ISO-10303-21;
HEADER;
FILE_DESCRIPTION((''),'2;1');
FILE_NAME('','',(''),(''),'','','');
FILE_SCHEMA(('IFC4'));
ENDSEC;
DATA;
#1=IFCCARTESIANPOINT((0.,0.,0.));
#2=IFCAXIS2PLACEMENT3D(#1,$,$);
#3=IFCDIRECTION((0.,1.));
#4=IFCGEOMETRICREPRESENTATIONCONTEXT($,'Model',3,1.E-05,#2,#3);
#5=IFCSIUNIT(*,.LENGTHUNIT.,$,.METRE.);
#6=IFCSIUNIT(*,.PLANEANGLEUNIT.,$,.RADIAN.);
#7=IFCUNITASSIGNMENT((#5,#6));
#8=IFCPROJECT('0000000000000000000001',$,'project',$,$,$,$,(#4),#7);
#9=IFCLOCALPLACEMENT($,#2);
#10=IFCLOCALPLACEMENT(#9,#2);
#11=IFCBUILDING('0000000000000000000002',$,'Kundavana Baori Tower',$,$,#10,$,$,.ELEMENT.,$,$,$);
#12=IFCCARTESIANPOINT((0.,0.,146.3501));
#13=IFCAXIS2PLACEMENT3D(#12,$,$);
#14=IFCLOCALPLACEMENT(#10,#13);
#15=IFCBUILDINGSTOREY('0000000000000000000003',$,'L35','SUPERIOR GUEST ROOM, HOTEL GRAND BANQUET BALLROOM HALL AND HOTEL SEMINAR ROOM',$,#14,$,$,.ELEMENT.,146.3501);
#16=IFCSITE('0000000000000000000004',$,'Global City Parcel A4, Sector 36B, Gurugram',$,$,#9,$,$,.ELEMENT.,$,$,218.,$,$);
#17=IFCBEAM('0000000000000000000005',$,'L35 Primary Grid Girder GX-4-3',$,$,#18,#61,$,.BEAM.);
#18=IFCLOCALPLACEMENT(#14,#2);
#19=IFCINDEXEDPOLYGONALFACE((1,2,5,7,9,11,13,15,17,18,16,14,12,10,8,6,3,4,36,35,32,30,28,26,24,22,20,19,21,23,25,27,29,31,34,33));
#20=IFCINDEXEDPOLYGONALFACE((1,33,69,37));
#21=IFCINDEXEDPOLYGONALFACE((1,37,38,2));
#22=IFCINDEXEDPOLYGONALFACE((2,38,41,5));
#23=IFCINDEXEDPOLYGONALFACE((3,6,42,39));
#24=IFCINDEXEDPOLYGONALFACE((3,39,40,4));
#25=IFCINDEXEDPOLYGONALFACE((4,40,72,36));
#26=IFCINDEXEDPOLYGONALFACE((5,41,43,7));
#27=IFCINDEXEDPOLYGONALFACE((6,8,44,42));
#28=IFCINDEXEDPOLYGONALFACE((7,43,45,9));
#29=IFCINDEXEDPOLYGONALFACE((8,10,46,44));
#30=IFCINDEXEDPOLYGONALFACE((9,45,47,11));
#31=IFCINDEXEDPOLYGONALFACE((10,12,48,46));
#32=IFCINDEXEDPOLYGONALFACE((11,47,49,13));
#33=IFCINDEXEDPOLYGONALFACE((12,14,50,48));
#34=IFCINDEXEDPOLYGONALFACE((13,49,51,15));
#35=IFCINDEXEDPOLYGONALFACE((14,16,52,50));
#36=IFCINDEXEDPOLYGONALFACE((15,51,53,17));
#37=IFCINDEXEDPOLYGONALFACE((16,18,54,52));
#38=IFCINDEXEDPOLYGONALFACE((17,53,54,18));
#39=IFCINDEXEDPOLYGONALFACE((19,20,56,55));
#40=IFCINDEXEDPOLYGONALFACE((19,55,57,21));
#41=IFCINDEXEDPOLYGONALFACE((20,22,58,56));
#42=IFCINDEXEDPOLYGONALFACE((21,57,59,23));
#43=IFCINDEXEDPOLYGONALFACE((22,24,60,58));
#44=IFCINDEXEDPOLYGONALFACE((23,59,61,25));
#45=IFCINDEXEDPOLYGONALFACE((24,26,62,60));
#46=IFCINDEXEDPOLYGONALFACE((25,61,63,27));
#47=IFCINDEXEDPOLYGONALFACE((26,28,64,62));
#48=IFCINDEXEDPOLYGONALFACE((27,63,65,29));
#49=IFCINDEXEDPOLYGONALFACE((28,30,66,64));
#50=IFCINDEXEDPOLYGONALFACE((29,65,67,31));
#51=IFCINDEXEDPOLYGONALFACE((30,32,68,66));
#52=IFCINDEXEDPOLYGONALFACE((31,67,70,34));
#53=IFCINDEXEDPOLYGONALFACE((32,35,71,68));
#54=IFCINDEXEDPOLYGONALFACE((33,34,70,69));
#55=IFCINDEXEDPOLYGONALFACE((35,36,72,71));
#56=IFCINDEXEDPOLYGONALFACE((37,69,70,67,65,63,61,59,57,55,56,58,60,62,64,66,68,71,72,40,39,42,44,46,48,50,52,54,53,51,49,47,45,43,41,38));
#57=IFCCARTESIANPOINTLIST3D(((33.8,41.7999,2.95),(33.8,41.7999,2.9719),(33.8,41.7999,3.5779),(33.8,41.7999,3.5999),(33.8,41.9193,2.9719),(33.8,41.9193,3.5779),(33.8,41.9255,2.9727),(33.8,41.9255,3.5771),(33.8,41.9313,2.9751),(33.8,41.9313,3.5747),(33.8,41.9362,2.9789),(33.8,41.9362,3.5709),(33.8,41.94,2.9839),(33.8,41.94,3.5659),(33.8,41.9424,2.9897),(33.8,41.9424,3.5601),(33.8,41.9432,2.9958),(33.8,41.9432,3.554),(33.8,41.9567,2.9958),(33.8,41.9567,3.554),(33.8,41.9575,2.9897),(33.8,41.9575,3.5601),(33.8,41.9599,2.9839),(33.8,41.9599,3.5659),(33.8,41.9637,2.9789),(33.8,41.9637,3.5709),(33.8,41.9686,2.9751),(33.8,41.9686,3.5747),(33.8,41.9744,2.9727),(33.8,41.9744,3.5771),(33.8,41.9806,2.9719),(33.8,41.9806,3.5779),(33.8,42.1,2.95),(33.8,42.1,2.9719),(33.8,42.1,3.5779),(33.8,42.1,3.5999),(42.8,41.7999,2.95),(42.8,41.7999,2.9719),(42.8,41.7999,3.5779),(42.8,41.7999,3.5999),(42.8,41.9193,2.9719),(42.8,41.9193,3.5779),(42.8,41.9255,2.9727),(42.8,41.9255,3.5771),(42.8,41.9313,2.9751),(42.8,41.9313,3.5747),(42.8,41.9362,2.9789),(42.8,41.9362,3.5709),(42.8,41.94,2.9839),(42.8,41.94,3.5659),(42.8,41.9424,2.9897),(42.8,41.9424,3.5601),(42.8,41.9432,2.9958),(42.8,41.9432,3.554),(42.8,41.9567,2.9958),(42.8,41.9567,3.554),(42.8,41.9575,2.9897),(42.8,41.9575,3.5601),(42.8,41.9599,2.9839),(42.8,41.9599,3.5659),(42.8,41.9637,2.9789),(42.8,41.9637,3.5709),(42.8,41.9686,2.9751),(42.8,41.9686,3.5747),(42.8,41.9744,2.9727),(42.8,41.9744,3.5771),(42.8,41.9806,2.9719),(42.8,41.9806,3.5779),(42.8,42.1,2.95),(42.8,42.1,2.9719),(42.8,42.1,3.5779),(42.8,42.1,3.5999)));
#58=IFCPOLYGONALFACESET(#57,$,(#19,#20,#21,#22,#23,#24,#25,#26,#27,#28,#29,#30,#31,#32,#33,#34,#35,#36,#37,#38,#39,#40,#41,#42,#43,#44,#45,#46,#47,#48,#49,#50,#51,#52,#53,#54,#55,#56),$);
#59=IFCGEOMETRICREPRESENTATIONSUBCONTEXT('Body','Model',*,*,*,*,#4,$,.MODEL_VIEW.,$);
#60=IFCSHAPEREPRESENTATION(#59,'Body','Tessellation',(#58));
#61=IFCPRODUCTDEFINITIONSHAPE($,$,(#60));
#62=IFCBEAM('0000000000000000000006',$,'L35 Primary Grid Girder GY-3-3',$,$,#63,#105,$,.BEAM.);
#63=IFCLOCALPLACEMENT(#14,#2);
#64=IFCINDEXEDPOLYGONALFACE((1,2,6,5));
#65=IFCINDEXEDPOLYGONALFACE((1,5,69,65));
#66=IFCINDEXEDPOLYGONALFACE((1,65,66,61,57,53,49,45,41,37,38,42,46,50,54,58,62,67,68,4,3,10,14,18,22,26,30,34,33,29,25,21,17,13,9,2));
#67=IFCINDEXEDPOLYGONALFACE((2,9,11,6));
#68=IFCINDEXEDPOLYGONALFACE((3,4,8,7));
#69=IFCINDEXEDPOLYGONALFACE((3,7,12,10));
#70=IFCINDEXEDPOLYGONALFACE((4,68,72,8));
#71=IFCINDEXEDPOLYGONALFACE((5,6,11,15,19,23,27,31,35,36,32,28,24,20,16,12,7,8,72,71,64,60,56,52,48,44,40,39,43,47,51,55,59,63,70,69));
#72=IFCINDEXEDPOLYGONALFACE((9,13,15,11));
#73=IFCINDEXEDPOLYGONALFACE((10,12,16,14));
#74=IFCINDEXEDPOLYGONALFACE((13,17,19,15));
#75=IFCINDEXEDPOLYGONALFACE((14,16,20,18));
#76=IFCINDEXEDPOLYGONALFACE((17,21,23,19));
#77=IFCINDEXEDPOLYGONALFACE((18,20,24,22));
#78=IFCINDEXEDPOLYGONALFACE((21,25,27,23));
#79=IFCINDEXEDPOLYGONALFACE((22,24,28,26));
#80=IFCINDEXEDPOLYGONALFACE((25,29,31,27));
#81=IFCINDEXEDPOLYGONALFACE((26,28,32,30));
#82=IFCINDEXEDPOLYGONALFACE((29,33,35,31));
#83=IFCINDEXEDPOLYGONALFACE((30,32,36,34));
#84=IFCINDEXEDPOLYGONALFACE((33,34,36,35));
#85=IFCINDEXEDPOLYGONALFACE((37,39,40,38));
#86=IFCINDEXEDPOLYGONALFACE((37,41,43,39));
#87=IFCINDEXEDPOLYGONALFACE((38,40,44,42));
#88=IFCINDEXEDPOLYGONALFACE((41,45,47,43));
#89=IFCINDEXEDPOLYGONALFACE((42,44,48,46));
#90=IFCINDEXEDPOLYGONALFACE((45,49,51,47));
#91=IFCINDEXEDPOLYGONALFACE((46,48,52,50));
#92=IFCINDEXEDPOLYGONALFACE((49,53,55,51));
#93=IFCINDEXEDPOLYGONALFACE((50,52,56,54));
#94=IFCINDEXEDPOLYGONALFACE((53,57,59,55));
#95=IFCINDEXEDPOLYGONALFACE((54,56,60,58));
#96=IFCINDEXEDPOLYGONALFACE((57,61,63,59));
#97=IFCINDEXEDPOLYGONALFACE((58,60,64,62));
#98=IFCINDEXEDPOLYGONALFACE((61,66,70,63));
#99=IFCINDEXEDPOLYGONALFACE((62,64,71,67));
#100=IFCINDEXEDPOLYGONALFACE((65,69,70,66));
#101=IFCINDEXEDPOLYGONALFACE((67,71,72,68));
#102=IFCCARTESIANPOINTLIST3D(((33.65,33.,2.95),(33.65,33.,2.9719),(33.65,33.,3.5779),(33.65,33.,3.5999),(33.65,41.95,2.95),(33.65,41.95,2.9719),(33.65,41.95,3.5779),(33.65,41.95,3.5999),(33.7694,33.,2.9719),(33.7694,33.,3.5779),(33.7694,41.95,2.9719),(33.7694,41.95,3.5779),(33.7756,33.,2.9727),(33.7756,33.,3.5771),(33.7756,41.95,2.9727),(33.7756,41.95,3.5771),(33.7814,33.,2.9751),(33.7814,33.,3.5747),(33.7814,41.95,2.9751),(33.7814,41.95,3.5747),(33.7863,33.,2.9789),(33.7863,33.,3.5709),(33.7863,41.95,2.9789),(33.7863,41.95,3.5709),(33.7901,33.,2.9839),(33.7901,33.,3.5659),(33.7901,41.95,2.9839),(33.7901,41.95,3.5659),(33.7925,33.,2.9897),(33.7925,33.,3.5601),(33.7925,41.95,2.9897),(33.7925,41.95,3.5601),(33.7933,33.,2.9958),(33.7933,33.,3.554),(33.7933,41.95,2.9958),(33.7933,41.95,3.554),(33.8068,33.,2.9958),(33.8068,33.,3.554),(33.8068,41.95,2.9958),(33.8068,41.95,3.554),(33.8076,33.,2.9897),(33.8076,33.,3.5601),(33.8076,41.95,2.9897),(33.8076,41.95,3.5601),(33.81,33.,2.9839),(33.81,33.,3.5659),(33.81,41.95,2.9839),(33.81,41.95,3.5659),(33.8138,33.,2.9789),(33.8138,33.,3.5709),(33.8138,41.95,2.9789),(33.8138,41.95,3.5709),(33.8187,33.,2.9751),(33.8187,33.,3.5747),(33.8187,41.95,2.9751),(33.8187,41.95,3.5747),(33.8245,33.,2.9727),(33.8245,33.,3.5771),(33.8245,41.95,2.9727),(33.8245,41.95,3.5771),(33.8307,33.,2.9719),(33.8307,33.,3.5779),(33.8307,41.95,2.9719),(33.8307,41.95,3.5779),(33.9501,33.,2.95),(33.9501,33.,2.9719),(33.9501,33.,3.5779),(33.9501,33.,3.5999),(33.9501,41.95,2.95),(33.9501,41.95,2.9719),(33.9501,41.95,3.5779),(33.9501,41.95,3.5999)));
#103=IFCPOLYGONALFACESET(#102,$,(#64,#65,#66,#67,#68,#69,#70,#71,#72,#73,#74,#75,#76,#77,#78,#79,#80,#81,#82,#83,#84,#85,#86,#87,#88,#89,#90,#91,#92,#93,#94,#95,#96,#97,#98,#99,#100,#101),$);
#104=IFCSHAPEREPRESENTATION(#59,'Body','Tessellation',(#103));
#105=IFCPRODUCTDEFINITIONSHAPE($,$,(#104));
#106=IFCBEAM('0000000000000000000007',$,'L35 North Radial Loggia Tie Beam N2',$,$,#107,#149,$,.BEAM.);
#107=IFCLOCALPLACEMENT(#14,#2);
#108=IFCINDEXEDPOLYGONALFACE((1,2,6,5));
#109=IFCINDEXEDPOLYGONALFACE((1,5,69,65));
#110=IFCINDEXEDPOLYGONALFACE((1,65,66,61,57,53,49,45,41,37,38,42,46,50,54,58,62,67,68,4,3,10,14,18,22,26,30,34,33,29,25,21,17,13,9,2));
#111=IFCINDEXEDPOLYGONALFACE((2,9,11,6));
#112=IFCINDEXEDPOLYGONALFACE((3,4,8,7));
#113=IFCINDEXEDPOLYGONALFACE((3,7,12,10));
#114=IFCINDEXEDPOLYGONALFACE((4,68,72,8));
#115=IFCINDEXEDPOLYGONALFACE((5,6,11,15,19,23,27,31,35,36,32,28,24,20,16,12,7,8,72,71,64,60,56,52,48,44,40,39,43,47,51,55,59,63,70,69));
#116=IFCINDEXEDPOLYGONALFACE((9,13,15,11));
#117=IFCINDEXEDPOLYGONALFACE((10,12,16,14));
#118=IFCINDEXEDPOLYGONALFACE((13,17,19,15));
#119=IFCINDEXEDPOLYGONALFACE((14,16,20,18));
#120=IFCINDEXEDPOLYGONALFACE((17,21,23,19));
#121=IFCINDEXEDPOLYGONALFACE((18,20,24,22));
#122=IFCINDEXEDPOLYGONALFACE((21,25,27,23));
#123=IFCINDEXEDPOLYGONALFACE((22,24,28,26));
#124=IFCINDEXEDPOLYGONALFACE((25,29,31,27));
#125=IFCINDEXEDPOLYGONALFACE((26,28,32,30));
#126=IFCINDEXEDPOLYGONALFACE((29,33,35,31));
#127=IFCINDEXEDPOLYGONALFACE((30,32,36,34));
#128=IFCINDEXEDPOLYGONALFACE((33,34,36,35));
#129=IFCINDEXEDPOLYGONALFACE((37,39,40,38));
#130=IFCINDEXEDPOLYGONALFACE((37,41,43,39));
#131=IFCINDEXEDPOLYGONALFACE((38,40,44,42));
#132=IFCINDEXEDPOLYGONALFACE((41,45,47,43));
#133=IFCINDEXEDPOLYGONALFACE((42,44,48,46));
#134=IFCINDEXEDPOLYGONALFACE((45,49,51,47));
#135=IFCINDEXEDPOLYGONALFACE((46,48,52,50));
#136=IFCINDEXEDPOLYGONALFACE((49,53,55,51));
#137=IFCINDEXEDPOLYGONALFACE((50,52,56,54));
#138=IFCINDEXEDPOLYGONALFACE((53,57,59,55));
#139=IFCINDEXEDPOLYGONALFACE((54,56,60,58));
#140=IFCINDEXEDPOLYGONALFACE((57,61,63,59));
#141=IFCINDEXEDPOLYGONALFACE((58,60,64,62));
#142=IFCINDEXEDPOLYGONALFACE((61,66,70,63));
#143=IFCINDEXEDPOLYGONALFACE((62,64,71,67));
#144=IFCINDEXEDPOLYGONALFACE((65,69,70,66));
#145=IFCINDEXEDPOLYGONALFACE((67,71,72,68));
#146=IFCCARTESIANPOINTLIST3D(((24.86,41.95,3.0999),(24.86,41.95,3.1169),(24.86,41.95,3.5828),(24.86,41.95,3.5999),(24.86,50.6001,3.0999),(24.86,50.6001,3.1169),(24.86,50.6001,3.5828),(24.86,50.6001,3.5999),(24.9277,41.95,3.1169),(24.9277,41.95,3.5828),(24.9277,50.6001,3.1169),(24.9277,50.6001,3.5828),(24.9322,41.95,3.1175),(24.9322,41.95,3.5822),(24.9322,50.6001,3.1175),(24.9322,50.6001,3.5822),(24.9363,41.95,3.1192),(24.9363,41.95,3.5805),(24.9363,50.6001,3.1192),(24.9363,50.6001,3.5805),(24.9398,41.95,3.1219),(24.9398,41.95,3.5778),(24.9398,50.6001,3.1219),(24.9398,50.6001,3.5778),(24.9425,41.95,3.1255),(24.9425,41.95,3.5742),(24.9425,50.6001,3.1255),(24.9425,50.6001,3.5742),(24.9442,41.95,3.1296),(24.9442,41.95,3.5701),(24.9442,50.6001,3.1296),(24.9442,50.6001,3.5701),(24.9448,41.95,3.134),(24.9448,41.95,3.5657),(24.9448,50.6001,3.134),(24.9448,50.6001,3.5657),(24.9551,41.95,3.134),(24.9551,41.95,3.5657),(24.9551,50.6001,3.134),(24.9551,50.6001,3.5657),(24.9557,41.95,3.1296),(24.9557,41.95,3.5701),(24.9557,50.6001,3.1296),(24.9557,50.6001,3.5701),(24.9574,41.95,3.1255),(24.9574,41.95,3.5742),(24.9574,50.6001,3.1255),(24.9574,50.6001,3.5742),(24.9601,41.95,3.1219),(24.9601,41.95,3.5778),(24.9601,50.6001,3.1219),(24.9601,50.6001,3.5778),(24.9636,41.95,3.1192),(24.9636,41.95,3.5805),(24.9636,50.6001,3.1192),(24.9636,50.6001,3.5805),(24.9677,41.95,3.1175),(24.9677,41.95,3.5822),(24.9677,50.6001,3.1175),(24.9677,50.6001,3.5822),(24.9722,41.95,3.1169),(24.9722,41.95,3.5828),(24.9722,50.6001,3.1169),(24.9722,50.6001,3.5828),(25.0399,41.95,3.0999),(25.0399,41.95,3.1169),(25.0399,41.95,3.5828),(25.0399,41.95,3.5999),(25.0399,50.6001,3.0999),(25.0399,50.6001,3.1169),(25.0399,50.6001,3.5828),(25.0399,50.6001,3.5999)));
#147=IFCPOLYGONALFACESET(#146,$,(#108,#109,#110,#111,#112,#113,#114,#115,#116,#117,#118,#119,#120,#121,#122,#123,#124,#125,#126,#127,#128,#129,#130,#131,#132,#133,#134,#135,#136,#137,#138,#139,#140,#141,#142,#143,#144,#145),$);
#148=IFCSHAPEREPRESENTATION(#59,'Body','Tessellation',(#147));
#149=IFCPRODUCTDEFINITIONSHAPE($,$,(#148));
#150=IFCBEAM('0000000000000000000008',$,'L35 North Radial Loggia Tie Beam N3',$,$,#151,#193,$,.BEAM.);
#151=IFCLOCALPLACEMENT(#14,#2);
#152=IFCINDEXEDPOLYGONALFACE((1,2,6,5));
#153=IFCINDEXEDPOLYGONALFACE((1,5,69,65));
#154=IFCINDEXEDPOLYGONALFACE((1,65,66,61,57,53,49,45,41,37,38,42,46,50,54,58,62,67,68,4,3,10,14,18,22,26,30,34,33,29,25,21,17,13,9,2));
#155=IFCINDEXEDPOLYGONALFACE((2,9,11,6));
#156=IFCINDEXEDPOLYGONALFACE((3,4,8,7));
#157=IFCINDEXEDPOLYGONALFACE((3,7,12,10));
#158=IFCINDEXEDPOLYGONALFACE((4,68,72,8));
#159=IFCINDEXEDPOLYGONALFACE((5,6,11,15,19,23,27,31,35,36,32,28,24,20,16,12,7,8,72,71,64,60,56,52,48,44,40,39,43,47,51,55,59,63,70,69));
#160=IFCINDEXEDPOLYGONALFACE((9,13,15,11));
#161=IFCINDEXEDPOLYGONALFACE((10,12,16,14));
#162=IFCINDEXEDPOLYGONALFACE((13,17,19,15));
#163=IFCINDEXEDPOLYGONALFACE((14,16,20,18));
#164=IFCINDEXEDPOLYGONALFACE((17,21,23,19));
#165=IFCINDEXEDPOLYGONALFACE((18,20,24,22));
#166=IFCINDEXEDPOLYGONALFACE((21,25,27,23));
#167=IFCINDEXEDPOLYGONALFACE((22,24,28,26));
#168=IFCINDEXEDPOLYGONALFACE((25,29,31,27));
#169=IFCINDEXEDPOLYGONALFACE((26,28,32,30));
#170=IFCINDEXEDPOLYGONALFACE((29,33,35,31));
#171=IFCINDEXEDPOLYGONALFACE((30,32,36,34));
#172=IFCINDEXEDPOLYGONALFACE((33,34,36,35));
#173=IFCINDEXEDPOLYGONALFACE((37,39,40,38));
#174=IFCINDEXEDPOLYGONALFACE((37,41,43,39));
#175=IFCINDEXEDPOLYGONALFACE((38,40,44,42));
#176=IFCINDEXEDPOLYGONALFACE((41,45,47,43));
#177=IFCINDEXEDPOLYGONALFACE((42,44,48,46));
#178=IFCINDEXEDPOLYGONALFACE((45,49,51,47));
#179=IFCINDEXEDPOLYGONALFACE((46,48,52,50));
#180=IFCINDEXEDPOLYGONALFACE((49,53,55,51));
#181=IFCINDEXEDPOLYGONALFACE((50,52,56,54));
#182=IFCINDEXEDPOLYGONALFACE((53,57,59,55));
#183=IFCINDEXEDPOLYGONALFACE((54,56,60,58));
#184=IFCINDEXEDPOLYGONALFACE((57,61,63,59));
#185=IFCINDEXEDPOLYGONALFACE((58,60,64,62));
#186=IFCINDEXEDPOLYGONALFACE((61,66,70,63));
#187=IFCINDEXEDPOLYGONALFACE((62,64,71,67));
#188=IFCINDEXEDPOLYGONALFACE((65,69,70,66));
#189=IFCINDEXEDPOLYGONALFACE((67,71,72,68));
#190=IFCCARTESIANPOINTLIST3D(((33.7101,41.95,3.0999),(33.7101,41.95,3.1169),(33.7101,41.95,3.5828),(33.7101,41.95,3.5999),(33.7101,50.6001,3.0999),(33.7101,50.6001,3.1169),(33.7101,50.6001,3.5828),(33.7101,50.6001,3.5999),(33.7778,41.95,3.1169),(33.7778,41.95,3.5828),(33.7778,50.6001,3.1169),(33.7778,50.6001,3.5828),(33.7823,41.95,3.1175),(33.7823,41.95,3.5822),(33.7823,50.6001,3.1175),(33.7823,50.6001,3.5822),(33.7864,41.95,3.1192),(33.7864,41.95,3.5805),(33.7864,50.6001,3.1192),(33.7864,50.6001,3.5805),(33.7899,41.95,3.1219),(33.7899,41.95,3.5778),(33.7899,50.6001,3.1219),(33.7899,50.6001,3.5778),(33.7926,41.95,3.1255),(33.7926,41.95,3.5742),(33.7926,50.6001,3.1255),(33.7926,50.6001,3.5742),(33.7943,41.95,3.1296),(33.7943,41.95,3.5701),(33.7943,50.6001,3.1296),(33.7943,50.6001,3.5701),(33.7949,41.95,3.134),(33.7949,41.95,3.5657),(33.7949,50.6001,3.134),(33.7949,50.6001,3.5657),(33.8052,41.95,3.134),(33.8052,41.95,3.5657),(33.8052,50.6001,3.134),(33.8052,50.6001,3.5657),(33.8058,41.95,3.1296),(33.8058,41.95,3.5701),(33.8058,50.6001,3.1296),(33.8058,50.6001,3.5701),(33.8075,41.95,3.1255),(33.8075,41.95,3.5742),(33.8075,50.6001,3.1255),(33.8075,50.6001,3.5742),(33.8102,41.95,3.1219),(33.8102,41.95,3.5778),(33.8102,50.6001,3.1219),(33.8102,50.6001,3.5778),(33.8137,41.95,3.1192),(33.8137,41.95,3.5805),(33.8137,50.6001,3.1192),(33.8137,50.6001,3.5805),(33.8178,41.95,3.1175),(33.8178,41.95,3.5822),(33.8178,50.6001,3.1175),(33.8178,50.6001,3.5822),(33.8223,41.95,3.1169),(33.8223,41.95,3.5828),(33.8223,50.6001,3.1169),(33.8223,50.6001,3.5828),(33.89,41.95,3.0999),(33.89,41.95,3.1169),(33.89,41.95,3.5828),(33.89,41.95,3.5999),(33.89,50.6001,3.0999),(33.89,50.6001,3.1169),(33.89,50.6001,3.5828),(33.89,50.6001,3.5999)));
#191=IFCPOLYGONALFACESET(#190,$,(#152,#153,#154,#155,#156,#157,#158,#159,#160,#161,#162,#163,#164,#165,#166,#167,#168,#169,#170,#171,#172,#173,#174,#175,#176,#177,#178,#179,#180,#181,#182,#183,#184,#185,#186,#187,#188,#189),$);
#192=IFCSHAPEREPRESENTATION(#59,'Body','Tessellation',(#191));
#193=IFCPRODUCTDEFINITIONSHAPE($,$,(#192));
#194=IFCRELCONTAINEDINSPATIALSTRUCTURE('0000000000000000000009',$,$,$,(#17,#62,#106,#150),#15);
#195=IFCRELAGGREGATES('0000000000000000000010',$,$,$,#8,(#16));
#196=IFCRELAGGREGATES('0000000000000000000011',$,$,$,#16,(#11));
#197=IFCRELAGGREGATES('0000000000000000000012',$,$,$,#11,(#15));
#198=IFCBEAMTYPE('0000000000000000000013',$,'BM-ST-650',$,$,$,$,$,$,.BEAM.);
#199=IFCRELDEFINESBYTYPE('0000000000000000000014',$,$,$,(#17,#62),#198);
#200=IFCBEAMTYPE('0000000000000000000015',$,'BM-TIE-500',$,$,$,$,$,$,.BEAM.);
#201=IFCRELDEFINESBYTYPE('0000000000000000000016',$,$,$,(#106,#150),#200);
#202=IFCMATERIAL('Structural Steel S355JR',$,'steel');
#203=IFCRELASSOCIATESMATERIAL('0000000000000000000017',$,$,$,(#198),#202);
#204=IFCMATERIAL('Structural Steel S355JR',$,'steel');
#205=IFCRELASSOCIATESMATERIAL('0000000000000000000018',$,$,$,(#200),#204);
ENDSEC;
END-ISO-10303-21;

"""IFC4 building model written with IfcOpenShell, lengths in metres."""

from ifc_helpers import new_model, si_unit, direction, frame, origin, origin_2d, place, context, subcontext, project, spatial, i_section, extrude, material, material_profile, profile_set, type_object, element, save


model = new_model("IFC4")

# Units and contexts
model_context = context("Model", 3, precision=1e-05, world=origin(), true_north=direction((0.0, 1.0)))
body_context = subcontext(model_context, "Body", "Model", "MODEL_VIEW")
ifc_project = project(units=[si_unit("LENGTHUNIT", "METRE"), si_unit("PLANEANGLEUNIT", "RADIAN")], contexts=[model_context])

# Site, building, storey
site_placement = place(None, origin())
site = spatial("IfcSite", under=ifc_project, at=site_placement, Name="Global City Parcel A4, Sector 36B, Gurugram", CompositionType="ELEMENT", RefElevation=218.0)
building_placement = place(site_placement, origin())
building = spatial("IfcBuilding", under=site, at=building_placement, Name="Kundavana Baori Tower", CompositionType="ELEMENT")
storey_placement = place(building_placement, frame((0.0, 0.0, 146.3501)))
storey = spatial("IfcBuildingStorey", under=building, at=storey_placement, Name="L35", Description="SUPERIOR GUEST ROOM, HOTEL GRAND BANQUET BALLROOM HALL AND HOTEL SEMINAR ROOM", CompositionType="ELEMENT", Elevation=146.3501)

# Beams
ifc_material_1 = material(Name="Structural Steel S355JR", Category="steel")
ifc_material_profile_1 = material_profile(ifc_material_1, i_section(OverallWidth=0.3, OverallDepth=0.6499, WebThickness=0.0134, FlangeThickness=0.022, FilletRadius=0.0239, at=origin_2d()), Name="NPB 650x300x155")
ifc_profile_set_1 = profile_set([ifc_material_profile_1], Name="Structural Steel S355JR")
beam_type_1 = type_object("IfcBeamType", Name="BM-ST-650", PredefinedType="BEAM", material=ifc_profile_set_1)
beam_1_placement = place(storey_placement, frame((33.8, 41.95, 3.2749), z_axis=(1.0, 0.0, 0.0), x_axis=(0.0, 1.0, 0.0)))
element("IfcBeam", 1, at=beam_1_placement, inside=storey, type_object=beam_type_1, Name="L35 Primary Grid Girder GX-4-3", PredefinedType="BEAM", context=body_context, shape_type="SweptSolid", body=[
    extrude(i_section(OverallWidth=0.3, OverallDepth=0.6499, WebThickness=0.0134, FlangeThickness=0.022, FilletRadius=0.0239, at=origin_2d()), origin(), (0.0, 0.0, 1.0), 9.0),
])
beam_2_placement = place(storey_placement, frame((33.8, 33.0, 3.2749), z_axis=(0.0, 1.0, 0.0), x_axis=(-1.0, 0.0, 0.0)))
element("IfcBeam", 2, at=beam_2_placement, inside=storey, type_object=beam_type_1, Name="L35 Primary Grid Girder GY-3-3", PredefinedType="BEAM", context=body_context, shape_type="SweptSolid", body=[
    extrude(i_section(OverallWidth=0.3, OverallDepth=0.6499, WebThickness=0.0134, FlangeThickness=0.022, FilletRadius=0.0239, at=origin_2d()), origin(), (0.0, 0.0, 1.0), 8.95),
])
ifc_material_2 = material(Name="Structural Steel S355JR", Category="steel")
ifc_material_profile_2 = material_profile(ifc_material_2, i_section(OverallWidth=0.1799, OverallDepth=0.5, WebThickness=0.0103, FlangeThickness=0.0171, FilletRadius=0.0171, at=origin_2d()), Name="ISMB 500")
ifc_profile_set_2 = profile_set([ifc_material_profile_2], Name="Structural Steel S355JR")
beam_type_2 = type_object("IfcBeamType", Name="BM-TIE-500", PredefinedType="BEAM", material=ifc_profile_set_2)
for number, where, z_axis, x_axis, name in (
    (3, (24.95, 41.95, 3.3499), (0.0, 1.0, 0.0), (-1.0, 0.0, 0.0), "L35 North Radial Loggia Tie Beam N2"),
    (4, (33.8, 41.95, 3.3499), (0.0, 1.0, 0.0), (-1.0, 0.0, 0.0), "L35 North Radial Loggia Tie Beam N3"),
):
    element("IfcBeam", number, at=place(storey_placement, frame(where, z_axis=z_axis, x_axis=x_axis)), inside=storey, type_object=beam_type_2, Name=name, PredefinedType="BEAM", context=body_context, shape_type="SweptSolid", body=[
        extrude(i_section(OverallWidth=0.1799, OverallDepth=0.5, WebThickness=0.0103, FlangeThickness=0.0171, FilletRadius=0.0171, at=origin_2d()), origin(), (0.0, 0.0, 1.0), 8.6501),
    ])

save(model, "model.ifc")
